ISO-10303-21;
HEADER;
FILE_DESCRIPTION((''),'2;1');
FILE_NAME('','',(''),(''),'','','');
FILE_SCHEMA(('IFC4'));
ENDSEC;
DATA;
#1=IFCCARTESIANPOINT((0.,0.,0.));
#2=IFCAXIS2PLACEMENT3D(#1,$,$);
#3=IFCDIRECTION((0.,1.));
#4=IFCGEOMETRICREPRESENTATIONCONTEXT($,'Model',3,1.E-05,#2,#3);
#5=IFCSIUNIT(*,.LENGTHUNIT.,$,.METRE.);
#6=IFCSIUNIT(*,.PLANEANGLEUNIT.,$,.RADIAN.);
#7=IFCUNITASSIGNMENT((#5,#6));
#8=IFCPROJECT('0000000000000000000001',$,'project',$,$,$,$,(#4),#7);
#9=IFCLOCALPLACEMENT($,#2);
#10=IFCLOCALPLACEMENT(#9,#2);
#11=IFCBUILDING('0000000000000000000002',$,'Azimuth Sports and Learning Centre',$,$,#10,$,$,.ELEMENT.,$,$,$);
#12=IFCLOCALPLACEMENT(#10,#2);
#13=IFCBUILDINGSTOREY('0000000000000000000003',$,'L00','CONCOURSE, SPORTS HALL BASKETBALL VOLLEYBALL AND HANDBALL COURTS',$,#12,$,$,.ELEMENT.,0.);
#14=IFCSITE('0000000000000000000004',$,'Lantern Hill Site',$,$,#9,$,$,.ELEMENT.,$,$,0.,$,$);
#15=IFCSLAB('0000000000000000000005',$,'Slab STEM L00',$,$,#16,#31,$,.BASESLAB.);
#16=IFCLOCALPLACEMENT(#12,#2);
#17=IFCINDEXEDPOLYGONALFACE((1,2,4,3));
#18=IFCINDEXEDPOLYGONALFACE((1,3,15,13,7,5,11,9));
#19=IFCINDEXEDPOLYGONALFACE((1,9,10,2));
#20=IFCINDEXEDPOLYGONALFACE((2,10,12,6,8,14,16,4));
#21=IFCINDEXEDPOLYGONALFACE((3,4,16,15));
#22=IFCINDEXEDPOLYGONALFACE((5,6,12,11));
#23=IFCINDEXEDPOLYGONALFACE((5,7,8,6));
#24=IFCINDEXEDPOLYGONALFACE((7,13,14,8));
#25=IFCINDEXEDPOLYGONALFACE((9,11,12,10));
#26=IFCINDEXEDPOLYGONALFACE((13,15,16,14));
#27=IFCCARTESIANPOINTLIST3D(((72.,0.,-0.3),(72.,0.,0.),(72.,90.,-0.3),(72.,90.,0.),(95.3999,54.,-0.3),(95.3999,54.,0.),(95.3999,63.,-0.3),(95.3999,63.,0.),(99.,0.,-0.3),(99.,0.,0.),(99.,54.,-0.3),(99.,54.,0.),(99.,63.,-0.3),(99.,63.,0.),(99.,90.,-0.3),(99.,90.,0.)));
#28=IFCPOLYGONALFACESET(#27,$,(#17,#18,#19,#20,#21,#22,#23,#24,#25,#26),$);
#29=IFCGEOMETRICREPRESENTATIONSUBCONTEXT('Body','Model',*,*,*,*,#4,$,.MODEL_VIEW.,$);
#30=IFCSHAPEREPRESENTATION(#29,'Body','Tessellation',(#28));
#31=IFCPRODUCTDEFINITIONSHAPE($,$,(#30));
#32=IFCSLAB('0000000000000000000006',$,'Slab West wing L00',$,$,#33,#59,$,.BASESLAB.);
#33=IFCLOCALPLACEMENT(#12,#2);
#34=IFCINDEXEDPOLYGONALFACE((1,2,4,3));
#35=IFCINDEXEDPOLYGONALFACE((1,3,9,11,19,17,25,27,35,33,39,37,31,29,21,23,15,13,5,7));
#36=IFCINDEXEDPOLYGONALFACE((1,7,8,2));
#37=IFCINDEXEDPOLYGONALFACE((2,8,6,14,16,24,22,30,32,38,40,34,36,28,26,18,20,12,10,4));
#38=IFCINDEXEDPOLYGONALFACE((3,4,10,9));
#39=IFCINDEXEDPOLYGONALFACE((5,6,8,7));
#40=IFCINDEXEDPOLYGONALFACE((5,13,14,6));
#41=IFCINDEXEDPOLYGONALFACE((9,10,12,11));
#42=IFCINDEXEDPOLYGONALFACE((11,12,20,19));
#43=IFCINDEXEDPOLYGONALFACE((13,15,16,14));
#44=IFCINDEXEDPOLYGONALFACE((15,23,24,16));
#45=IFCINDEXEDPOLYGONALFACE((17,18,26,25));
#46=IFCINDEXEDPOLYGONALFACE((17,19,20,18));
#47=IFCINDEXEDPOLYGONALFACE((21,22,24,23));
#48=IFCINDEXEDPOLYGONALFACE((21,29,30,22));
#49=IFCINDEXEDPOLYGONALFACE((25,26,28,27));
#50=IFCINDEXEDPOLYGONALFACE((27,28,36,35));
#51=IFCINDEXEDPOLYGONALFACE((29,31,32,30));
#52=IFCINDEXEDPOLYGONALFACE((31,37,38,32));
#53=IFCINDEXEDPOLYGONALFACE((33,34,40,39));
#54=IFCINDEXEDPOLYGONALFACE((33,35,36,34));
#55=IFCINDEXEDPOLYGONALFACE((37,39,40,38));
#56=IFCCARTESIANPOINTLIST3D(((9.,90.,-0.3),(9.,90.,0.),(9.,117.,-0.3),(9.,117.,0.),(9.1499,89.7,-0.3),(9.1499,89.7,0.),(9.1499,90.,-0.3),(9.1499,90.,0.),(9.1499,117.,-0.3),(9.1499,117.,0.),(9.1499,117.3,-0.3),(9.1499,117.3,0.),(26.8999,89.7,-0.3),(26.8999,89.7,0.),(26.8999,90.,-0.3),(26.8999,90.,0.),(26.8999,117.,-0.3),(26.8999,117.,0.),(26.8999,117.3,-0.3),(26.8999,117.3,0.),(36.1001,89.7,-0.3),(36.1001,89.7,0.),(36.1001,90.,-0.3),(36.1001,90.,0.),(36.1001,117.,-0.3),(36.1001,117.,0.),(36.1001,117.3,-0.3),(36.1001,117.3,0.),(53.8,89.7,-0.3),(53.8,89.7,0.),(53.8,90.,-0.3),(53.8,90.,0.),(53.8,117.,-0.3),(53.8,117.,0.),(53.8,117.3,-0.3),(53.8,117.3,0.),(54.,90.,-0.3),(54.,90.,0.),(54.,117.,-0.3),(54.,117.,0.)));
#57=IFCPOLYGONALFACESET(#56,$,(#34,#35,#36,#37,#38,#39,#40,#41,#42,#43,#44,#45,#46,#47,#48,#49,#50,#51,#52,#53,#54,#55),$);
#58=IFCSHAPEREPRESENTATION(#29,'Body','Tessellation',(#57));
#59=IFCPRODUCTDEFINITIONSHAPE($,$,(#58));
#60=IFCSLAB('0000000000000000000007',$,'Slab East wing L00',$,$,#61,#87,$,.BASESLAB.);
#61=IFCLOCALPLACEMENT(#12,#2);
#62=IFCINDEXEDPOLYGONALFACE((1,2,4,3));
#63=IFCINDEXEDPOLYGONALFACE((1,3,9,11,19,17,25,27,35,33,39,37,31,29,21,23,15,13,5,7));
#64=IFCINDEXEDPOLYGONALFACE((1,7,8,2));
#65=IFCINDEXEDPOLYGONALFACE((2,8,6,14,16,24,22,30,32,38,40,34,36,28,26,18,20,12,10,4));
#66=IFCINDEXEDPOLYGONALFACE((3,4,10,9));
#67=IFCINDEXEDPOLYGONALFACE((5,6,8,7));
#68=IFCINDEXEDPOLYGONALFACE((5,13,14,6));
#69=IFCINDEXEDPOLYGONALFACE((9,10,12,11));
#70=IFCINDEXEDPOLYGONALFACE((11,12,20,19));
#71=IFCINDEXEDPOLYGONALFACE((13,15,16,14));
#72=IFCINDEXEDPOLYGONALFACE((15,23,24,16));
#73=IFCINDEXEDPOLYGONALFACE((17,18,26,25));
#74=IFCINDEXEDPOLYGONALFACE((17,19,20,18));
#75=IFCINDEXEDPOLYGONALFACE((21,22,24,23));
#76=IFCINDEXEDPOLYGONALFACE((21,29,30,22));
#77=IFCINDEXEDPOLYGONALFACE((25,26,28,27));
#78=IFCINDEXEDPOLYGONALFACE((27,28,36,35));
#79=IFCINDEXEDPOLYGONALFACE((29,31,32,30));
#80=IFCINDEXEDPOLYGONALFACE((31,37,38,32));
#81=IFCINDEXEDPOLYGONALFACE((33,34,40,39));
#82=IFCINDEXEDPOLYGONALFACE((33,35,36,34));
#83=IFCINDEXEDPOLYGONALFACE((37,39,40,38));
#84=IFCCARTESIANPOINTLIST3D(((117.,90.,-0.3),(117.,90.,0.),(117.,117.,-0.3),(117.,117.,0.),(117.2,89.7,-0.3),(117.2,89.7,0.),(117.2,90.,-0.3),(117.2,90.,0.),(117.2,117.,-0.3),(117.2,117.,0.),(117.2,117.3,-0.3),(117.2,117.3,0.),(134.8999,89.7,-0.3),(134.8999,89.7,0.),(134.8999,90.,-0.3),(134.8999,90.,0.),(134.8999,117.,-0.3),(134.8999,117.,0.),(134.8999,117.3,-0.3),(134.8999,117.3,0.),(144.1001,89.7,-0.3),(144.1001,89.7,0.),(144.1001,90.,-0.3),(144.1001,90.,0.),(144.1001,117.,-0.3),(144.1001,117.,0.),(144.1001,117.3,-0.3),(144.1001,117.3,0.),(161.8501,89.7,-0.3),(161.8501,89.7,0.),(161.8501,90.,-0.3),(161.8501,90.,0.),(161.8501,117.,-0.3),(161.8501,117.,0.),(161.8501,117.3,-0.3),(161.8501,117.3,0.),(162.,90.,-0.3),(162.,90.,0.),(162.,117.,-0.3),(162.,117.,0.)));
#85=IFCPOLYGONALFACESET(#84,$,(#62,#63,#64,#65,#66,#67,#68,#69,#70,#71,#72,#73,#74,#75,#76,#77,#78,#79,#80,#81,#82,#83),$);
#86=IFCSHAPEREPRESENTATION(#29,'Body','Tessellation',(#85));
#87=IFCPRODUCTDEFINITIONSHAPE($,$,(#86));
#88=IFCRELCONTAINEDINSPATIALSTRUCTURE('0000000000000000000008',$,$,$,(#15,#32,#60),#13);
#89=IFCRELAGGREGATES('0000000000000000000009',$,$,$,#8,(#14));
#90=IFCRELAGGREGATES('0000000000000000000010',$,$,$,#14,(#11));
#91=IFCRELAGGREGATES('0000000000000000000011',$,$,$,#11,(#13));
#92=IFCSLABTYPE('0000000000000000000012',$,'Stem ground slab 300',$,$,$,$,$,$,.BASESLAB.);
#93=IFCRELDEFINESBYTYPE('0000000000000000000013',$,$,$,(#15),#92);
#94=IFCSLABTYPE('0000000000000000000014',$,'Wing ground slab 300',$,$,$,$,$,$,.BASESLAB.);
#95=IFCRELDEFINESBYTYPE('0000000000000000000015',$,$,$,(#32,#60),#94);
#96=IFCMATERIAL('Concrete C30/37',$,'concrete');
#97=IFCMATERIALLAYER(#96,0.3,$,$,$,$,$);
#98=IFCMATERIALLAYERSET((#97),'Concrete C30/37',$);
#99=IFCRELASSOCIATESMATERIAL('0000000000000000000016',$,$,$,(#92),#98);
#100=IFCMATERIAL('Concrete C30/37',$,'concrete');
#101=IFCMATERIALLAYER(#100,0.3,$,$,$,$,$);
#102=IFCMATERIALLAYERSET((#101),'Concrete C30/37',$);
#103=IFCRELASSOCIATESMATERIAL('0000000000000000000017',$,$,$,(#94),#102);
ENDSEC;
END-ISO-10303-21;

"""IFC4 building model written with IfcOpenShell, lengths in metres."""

from ifc_helpers import new_model, si_unit, direction, frame, origin, place, context, subcontext, project, spatial, polyline, outline, extrude, material, layer, layer_set, type_object, element, save


model = new_model("IFC4")

# Units and contexts
model_context = context("Model", 3, precision=1e-05, world=origin(), true_north=direction((0.0, 1.0)))
body_context = subcontext(model_context, "Body", "Model", "MODEL_VIEW")
ifc_project = project(units=[si_unit("LENGTHUNIT", "METRE"), si_unit("PLANEANGLEUNIT", "RADIAN")], contexts=[model_context])

# Site, building, storey
site_placement = place(None, origin())
site = spatial("IfcSite", under=ifc_project, at=site_placement, Name="Lantern Hill Site", CompositionType="ELEMENT", RefElevation=0.0)
building_placement = place(site_placement, origin())
building = spatial("IfcBuilding", under=site, at=building_placement, Name="Azimuth Sports and Learning Centre", CompositionType="ELEMENT")
storey_placement = place(building_placement, origin())
storey = spatial("IfcBuildingStorey", under=building, at=storey_placement, Name="L00", Description="CONCOURSE, SPORTS HALL BASKETBALL VOLLEYBALL AND HANDBALL COURTS", CompositionType="ELEMENT", Elevation=0.0)

# Slabs
ifc_material_1 = material(Name="Concrete C30/37", Category="concrete")
ifc_layer_1 = layer(ifc_material_1, 0.3)
ifc_layer_set_1 = layer_set([ifc_layer_1], Name="Concrete C30/37")
slab_type_1 = type_object("IfcSlabType", Name="Stem ground slab 300", PredefinedType="BASESLAB", material=ifc_layer_set_1)
slab_1_placement = place(storey_placement, frame((0.0, 0.0, -0.3)))
element("IfcSlab", 1, at=slab_1_placement, inside=storey, type_object=slab_type_1, Name="Slab STEM L00", PredefinedType="BASESLAB", context=body_context, shape_type="SweptSolid", body=[
    extrude(outline(polyline([(72.0, 0.0), (99.0, 0.0), (99.0, 54.0), (95.3999, 54.0), (95.3999, 63.0), (99.0, 63.0), (99.0, 90.0), (72.0, 90.0), (72.0, 0.0)])), origin(), (0.0, 0.0, 1.0), 0.3),
])
ifc_material_2 = material(Name="Concrete C30/37", Category="concrete")
ifc_layer_2 = layer(ifc_material_2, 0.3)
ifc_layer_set_2 = layer_set([ifc_layer_2], Name="Concrete C30/37")
slab_type_2 = type_object("IfcSlabType", Name="Wing ground slab 300", PredefinedType="BASESLAB", material=ifc_layer_set_2)
slab_2_placement = place(storey_placement, frame((0.0, 0.0, -0.3)))
element("IfcSlab", 2, at=slab_2_placement, inside=storey, type_object=slab_type_2, Name="Slab West wing L00", PredefinedType="BASESLAB", context=body_context, shape_type="SweptSolid", body=[
    extrude(outline(polyline([(9.1499, 89.7), (26.8999, 89.7), (26.8999, 90.0), (36.1001, 90.0), (36.1001, 89.7), (53.8, 89.7), (53.8, 90.0), (54.0, 90.0), (54.0, 117.0), (53.8, 117.0), (53.8, 117.3), (36.1001, 117.3), (36.1001, 117.0), (26.8999, 117.0), (26.8999, 117.3), (9.1499, 117.3), (9.1499, 117.0), (9.0, 117.0), (9.0, 90.0), (9.1499, 90.0), (9.1499, 89.7)])), origin(), (0.0, 0.0, 1.0), 0.3),
])
slab_3_placement = place(storey_placement, frame((0.0, 0.0, -0.3)))
element("IfcSlab", 3, at=slab_3_placement, inside=storey, type_object=slab_type_2, Name="Slab East wing L00", PredefinedType="BASESLAB", context=body_context, shape_type="SweptSolid", body=[
    extrude(outline(polyline([(117.2, 89.7), (134.8999, 89.7), (134.8999, 90.0), (144.1001, 90.0), (144.1001, 89.7), (161.8501, 89.7), (161.8501, 90.0), (162.0, 90.0), (162.0, 117.0), (161.8501, 117.0), (161.8501, 117.3), (144.1001, 117.3), (144.1001, 117.0), (134.8999, 117.0), (134.8999, 117.3), (117.2, 117.3), (117.2, 117.0), (117.0, 117.0), (117.0, 90.0), (117.2, 90.0), (117.2, 89.7)])), origin(), (0.0, 0.0, 1.0), 0.3),
])

save(model, "model.ifc")
